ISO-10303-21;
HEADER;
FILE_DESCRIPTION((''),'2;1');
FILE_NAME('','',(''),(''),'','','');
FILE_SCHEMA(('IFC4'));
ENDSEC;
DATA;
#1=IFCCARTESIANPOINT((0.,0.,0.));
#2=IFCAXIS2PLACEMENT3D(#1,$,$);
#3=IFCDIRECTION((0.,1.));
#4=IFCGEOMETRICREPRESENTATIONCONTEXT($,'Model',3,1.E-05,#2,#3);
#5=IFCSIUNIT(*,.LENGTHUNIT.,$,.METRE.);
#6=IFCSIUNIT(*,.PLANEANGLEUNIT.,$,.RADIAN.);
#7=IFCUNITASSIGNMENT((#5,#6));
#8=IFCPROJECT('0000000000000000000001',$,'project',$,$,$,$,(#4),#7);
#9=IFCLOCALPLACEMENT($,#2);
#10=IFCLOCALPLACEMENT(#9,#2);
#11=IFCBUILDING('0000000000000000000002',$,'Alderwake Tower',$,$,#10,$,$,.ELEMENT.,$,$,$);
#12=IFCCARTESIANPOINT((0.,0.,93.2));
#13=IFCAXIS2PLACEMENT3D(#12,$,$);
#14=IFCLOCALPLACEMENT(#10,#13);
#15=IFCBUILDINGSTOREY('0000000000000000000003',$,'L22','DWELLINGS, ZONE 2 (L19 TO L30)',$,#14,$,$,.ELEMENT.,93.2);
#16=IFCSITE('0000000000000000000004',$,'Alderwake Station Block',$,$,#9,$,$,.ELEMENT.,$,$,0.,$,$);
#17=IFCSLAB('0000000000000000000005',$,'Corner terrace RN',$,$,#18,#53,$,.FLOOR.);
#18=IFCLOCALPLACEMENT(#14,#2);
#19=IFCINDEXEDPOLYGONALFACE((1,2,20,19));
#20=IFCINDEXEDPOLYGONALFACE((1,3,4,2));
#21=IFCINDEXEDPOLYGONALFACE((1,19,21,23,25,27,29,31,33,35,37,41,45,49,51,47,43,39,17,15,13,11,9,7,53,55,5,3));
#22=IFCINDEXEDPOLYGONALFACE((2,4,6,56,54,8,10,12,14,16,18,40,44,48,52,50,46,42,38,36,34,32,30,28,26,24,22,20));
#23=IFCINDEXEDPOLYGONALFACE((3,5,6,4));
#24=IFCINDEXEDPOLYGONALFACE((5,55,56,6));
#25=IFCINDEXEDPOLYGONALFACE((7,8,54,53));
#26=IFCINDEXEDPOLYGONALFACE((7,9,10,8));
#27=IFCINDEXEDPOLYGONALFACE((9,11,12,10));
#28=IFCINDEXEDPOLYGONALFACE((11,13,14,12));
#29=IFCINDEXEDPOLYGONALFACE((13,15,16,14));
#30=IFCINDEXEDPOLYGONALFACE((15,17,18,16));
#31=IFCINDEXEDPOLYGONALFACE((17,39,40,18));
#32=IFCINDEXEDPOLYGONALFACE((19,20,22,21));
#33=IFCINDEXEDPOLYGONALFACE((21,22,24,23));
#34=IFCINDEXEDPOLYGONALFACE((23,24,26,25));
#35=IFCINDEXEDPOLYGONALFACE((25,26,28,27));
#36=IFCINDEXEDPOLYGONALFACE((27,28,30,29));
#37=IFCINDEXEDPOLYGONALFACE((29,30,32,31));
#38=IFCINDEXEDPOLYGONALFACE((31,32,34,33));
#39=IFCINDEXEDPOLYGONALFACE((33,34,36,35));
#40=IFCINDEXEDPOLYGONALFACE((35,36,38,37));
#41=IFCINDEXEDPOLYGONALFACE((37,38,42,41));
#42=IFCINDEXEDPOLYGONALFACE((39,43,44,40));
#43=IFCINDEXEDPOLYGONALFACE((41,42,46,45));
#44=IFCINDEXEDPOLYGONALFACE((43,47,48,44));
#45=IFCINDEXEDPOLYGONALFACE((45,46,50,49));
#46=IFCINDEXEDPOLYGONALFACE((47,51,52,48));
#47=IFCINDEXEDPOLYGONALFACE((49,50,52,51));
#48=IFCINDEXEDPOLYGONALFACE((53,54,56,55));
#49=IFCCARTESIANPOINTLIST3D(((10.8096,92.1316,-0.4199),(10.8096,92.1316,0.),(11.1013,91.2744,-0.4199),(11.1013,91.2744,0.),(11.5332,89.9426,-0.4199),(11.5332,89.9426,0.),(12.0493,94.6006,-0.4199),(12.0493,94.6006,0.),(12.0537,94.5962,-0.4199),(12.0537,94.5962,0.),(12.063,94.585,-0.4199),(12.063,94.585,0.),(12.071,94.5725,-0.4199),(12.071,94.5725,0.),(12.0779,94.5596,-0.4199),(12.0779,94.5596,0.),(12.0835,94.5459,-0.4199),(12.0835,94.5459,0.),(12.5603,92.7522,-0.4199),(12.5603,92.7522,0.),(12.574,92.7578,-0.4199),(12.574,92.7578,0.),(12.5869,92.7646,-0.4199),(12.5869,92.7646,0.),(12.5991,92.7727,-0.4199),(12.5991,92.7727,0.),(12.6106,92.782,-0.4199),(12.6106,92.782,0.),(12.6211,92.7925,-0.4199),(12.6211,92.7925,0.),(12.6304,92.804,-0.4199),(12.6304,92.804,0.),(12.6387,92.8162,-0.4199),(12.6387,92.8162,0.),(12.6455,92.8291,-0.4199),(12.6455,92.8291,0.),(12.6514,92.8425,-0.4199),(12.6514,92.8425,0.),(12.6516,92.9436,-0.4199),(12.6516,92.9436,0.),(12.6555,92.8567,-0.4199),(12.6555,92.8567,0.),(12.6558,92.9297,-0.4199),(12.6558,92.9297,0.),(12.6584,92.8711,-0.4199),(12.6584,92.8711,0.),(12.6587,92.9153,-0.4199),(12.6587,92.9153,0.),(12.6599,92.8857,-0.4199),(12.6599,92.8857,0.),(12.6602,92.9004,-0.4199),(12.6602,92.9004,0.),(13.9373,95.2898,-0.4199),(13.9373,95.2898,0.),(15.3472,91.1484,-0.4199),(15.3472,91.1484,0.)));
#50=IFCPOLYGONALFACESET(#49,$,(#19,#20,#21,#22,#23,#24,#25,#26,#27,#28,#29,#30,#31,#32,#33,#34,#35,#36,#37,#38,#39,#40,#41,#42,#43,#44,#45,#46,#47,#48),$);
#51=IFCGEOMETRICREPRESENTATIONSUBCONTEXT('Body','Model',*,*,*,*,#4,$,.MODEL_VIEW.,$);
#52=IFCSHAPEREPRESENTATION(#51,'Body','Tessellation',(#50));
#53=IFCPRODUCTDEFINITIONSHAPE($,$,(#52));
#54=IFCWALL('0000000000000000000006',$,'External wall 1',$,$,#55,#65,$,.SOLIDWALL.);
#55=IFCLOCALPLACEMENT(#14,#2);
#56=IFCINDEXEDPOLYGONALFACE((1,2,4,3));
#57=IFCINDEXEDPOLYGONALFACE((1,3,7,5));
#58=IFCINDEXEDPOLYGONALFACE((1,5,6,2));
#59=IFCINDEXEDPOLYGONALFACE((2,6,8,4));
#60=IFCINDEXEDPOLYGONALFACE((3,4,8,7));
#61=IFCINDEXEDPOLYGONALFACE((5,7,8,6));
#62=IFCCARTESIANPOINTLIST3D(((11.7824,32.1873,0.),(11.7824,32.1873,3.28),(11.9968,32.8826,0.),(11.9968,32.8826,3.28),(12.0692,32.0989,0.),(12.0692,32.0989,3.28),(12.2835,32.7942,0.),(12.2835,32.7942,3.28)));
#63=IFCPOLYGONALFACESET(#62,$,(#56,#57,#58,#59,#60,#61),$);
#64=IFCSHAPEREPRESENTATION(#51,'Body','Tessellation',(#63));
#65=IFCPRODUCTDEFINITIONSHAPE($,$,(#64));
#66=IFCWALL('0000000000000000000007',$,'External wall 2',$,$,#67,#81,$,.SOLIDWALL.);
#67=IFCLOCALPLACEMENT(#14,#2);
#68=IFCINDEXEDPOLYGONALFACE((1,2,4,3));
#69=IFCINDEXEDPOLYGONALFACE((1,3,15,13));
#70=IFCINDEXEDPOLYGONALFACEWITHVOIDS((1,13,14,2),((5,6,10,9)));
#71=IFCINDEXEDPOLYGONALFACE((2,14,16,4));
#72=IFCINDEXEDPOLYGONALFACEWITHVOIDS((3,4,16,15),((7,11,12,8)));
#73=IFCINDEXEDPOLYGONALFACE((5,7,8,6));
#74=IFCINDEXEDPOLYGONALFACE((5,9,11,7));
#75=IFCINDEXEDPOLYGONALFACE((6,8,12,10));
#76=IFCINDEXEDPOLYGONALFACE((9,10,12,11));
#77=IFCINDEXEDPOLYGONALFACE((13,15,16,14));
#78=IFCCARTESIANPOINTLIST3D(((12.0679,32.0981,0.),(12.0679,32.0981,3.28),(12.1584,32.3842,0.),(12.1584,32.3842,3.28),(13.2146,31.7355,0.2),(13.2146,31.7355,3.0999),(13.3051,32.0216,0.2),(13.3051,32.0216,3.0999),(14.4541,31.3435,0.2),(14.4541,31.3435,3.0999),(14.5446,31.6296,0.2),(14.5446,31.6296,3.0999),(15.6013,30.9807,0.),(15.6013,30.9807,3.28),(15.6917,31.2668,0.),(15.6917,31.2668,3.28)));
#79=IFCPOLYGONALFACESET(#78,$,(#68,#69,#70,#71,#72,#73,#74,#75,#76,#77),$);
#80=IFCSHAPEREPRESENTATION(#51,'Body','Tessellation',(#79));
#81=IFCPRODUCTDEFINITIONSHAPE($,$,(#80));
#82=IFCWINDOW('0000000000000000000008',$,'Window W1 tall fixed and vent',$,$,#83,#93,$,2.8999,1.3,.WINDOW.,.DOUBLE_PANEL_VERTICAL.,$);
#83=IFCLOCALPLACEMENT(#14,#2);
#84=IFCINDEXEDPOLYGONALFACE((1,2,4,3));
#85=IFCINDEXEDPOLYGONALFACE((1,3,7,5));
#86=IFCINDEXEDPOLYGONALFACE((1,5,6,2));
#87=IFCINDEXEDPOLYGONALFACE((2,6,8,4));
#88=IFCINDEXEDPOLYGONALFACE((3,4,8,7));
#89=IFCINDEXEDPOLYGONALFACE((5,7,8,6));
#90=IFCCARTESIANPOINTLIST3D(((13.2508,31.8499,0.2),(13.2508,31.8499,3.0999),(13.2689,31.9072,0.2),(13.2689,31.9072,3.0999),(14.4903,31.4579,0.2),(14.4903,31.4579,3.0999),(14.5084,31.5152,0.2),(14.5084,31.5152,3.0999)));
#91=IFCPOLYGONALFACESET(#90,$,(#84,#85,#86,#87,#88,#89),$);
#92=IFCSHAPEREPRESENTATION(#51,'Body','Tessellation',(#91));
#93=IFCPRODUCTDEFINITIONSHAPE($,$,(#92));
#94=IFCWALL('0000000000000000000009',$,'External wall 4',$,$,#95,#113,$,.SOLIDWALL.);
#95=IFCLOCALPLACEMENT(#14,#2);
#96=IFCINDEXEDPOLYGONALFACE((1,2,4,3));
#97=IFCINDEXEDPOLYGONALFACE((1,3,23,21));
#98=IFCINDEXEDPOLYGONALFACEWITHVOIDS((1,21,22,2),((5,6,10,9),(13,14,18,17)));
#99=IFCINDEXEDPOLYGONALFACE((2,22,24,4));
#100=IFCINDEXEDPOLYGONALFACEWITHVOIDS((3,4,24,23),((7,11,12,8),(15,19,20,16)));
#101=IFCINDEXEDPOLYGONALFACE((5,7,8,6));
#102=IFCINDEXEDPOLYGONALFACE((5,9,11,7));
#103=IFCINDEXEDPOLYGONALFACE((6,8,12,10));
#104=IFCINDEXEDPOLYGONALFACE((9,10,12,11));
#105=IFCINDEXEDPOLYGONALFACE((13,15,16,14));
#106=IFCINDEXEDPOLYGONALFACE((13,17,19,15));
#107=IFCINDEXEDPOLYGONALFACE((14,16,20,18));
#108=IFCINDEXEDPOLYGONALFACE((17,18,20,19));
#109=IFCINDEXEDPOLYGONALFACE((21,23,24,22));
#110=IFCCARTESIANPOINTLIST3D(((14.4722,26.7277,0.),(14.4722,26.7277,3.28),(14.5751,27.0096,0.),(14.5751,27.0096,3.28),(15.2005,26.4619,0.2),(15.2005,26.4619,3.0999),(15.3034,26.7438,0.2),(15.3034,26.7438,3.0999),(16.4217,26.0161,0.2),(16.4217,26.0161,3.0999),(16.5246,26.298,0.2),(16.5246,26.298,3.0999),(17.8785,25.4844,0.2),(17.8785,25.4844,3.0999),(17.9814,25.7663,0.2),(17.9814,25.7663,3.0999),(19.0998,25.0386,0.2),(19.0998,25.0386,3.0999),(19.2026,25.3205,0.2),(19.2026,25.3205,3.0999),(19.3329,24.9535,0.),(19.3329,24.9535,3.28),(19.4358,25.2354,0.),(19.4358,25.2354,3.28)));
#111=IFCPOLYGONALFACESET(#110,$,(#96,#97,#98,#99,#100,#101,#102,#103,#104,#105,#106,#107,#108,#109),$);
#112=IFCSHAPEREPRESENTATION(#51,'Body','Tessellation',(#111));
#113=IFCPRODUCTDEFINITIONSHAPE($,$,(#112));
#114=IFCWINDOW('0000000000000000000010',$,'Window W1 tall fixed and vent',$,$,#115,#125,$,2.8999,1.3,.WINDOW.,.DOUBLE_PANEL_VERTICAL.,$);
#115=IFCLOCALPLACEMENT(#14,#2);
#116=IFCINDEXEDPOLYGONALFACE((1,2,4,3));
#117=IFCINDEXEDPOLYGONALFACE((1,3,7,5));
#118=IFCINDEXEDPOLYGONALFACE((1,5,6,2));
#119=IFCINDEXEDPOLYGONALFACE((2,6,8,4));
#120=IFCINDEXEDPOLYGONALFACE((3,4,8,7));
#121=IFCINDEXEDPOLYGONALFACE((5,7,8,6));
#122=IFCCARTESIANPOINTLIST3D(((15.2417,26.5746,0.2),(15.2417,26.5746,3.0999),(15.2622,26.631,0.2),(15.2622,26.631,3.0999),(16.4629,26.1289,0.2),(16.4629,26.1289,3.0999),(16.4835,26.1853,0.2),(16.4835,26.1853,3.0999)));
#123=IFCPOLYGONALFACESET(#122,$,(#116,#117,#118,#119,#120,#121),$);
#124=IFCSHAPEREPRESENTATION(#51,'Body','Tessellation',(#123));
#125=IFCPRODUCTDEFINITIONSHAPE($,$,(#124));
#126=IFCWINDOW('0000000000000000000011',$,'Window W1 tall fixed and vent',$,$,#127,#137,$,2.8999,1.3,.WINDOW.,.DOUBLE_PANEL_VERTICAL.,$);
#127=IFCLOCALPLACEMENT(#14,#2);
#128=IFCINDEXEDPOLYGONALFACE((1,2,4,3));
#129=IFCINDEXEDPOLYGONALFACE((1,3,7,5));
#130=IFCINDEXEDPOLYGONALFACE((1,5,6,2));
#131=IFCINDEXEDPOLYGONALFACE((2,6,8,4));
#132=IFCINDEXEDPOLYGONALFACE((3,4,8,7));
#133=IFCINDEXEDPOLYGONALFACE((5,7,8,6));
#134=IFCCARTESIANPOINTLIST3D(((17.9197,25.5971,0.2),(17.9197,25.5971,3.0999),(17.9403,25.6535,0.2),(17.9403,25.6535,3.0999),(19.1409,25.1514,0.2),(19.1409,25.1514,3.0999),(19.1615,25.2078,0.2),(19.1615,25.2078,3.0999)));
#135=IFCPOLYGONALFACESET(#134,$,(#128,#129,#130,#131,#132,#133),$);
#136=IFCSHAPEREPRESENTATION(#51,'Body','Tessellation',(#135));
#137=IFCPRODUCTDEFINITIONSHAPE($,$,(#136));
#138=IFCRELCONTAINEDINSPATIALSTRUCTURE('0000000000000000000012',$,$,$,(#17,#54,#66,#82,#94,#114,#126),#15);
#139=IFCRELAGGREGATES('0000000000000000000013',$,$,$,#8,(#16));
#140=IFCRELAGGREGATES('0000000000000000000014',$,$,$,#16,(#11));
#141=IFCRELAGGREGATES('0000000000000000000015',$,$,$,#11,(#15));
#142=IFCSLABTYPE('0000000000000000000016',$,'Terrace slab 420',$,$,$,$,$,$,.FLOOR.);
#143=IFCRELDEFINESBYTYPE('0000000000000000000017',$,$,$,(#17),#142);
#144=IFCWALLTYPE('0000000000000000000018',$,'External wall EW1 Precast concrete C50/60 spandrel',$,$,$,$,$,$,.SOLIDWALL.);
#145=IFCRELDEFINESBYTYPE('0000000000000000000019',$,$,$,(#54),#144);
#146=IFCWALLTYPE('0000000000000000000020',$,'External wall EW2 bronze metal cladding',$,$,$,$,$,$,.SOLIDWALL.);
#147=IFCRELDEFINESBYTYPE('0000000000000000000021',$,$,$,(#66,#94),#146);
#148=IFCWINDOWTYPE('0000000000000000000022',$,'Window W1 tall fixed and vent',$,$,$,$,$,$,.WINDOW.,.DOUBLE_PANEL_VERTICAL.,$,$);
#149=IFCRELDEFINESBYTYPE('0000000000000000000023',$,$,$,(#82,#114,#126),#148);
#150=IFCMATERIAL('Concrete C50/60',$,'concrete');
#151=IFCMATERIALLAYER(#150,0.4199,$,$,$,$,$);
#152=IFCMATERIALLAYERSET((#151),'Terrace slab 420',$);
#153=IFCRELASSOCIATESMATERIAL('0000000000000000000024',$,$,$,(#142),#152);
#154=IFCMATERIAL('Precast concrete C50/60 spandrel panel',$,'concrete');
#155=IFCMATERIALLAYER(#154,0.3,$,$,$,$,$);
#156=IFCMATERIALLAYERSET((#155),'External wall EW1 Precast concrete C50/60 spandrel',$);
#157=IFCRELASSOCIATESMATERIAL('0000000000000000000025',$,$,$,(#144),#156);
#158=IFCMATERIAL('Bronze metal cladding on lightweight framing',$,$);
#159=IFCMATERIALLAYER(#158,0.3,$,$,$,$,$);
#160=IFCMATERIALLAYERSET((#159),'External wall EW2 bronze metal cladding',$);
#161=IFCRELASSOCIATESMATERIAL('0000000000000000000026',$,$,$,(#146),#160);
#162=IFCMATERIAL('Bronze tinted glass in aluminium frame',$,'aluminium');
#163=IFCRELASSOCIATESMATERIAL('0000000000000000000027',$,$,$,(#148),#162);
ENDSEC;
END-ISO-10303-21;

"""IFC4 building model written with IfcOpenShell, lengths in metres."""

from ifc_helpers import new_model, si_unit, direction, frame, frame_2d, origin, place, context, subcontext, project, spatial, polyline, rectangle, outline, extrude, material, layer, layer_set, type_object, element, fill, save


model = new_model("IFC4")

# Units and contexts
model_context = context("Model", 3, precision=1e-05, world=origin(), true_north=direction((0.0, 1.0)))
body_context = subcontext(model_context, "Body", "Model", "MODEL_VIEW")
ifc_project = project(units=[si_unit("LENGTHUNIT", "METRE"), si_unit("PLANEANGLEUNIT", "RADIAN")], contexts=[model_context])

# Site, building, storey
site_placement = place(None, origin())
site = spatial("IfcSite", under=ifc_project, at=site_placement, Name="Alderwake Station Block", CompositionType="ELEMENT", RefElevation=0.0)
building_placement = place(site_placement, origin())
building = spatial("IfcBuilding", under=site, at=building_placement, Name="Alderwake Tower", CompositionType="ELEMENT")
storey_placement = place(building_placement, frame((0.0, 0.0, 93.2)))
storey = spatial("IfcBuildingStorey", under=building, at=storey_placement, Name="L22", Description="DWELLINGS, ZONE 2 (L19 TO L30)", CompositionType="ELEMENT", Elevation=93.2)

# Slab
ifc_material_1 = material(Name="Concrete C50/60", Category="concrete")
ifc_layer_1 = layer(ifc_material_1, 0.4199)
ifc_layer_set_1 = layer_set([ifc_layer_1], Name="Terrace slab 420")
slab_type_1 = type_object("IfcSlabType", Name="Terrace slab 420", PredefinedType="FLOOR", material=ifc_layer_set_1)
slab_1_placement = place(storey_placement, frame((0.0, 0.0, -0.4199)))
element("IfcSlab", 1, at=slab_1_placement, inside=storey, type_object=slab_type_1, Name="Corner terrace RN", PredefinedType="FLOOR", context=body_context, shape_type="SweptSolid", body=[
    extrude(outline(polyline([(10.8096, 92.1316), (12.5603, 92.7522), (12.574, 92.7578), (12.5869, 92.7646), (12.5991, 92.7727), (12.6106, 92.782), (12.6211, 92.7925), (12.6304, 92.804), (12.6387, 92.8162), (12.6455, 92.8291), (12.6514, 92.8425), (12.6555, 92.8567), (12.6584, 92.8711), (12.6599, 92.8857), (12.6602, 92.9004), (12.6587, 92.9153), (12.6558, 92.9297), (12.6516, 92.9436), (12.0835, 94.5459), (12.0779, 94.5596), (12.071, 94.5725), (12.063, 94.585), (12.0537, 94.5962), (12.0493, 94.6006), (13.9373, 95.2898), (15.3472, 91.1484), (11.5332, 89.9426), (11.1013, 91.2744), (10.8096, 92.1316)])), origin(), (0.0, 0.0, 1.0), 0.4199),
])

# Wall
ifc_material_2 = material(Name="Precast concrete C50/60 spandrel panel", Category="concrete")
ifc_layer_2 = layer(ifc_material_2, 0.3)
ifc_layer_set_2 = layer_set([ifc_layer_2], Name="External wall EW1 Precast concrete C50/60 spandrel")
wall_type_1 = type_object("IfcWallType", Name="External wall EW1 Precast concrete C50/60 spandrel", PredefinedType="SOLIDWALL", material=ifc_layer_set_2)
wall_1_placement = place(storey_placement, frame((12.1401, 32.8384, 0.0), z_axis=(0.0, 0.0, 1.0), x_axis=(-0.294605, -0.955619, 0.0)))
element("IfcWall", 2, at=wall_1_placement, inside=storey, type_object=wall_type_1, Name="External wall 1", PredefinedType="SOLIDWALL", context=body_context, shape_type="SweptSolid", body=[
    extrude(rectangle(XDim=0.7275, YDim=0.3, at=frame_2d((0.3638, 0.0))), origin(), (0.0, 0.0, 1.0), 3.28),
])

# Wall, opening, window
ifc_material_3 = material(Name="Bronze metal cladding on lightweight framing")
ifc_layer_3 = layer(ifc_material_3, 0.3)
ifc_layer_set_3 = layer_set([ifc_layer_3], Name="External wall EW2 bronze metal cladding")
wall_type_2 = type_object("IfcWallType", Name="External wall EW2 bronze metal cladding", PredefinedType="SOLIDWALL", material=ifc_layer_set_3)
wall_2_placement = place(storey_placement, frame((12.113, 32.2412, 0.0), z_axis=(0.0, 0.0, 1.0), x_axis=(0.953458, -0.301525, 0.0)))
wall_2 = element("IfcWall", 3, at=wall_2_placement, inside=storey, type_object=wall_type_2, Name="External wall 2", PredefinedType="SOLIDWALL", context=body_context, shape_type="SweptSolid", body=[
    extrude(rectangle(XDim=3.7058, YDim=0.3, at=frame_2d((1.853, 0.0))), origin(), (0.0, 0.0, 1.0), 3.28),
])
opening_1_placement = place(wall_2_placement, frame((1.2029, 0.0, 0.2)))
opening_1 = element("IfcOpeningElement", 4, at=opening_1_placement, cuts=wall_2, PredefinedType="OPENING", context=body_context, shape_type="SweptSolid", body=[
    extrude(rectangle(XDim=1.3, YDim=2.8999, at=frame_2d((0.6499, 1.45))), frame((0.0, 0.1599, 0.0), z_axis=(0.0, -1.0, 0.0), x_axis=(1.0, 0.0, 0.0)), (0.0, 0.0, 1.0), 0.3201),
])
ifc_material_4 = material(Name="Bronze tinted glass in aluminium frame", Category="aluminium")
window_type = type_object("IfcWindowType", Name="Window W1 tall fixed and vent", PartitioningType="DOUBLE_PANEL_VERTICAL", PredefinedType="WINDOW", material=ifc_material_4)
window_1_placement = place(opening_1_placement, origin())
window_1 = element("IfcWindow", 5, at=window_1_placement, inside=storey, type_object=window_type, Name="Window W1 tall fixed and vent", OverallHeight=2.8999, OverallWidth=1.3, PartitioningType="DOUBLE_PANEL_VERTICAL", PredefinedType="WINDOW", context=body_context, shape_type="SweptSolid", body=[
    extrude(rectangle(XDim=1.3, YDim=2.8999, at=frame_2d((0.6499, 1.45))), frame((0.0, 0.03, 0.0), z_axis=(0.0, -1.0, 0.0), x_axis=(1.0, 0.0, 0.0)), (0.0, 0.0, 1.0), 0.0601),
])
fill(opening_1, window_1)

# Wall, openings, windows
wall_3_placement = place(storey_placement, frame((14.5237, 26.8687, 0.0), z_axis=(0.0, 0.0, 1.0), x_axis=(0.939378, -0.342883, 0.0)))
wall_3 = element("IfcWall", 6, at=wall_3_placement, inside=storey, type_object=wall_type_2, Name="External wall 4", PredefinedType="SOLIDWALL", context=body_context, shape_type="SweptSolid", body=[
    extrude(rectangle(XDim=5.1743, YDim=0.3, at=frame_2d((2.5872, 0.0))), origin(), (0.0, 0.0, 1.0), 3.28),
])
opening_2_placement = place(wall_3_placement, frame((0.7754, 0.0, 0.2)))
opening_2 = element("IfcOpeningElement", 7, at=opening_2_placement, cuts=wall_3, PredefinedType="OPENING", context=body_context, shape_type="SweptSolid", body=[
    extrude(rectangle(XDim=1.3, YDim=2.8999, at=frame_2d((0.6499, 1.45))), frame((0.0, 0.1599, 0.0), z_axis=(0.0, -1.0, 0.0), x_axis=(1.0, 0.0, 0.0)), (0.0, 0.0, 1.0), 0.3201),
])
opening_3_placement = place(wall_3_placement, frame((3.6262, 0.0, 0.2)))
opening_3 = element("IfcOpeningElement", 8, at=opening_3_placement, cuts=wall_3, PredefinedType="OPENING", context=body_context, shape_type="SweptSolid", body=[
    extrude(rectangle(XDim=1.3, YDim=2.8999, at=frame_2d((0.6499, 1.45))), frame((0.0, 0.1599, 0.0), z_axis=(0.0, -1.0, 0.0), x_axis=(1.0, 0.0, 0.0)), (0.0, 0.0, 1.0), 0.3201),
])
window_2_placement = place(opening_2_placement, origin())
window_2 = element("IfcWindow", 9, at=window_2_placement, inside=storey, type_object=window_type, Name="Window W1 tall fixed and vent", OverallHeight=2.8999, OverallWidth=1.3, PartitioningType="DOUBLE_PANEL_VERTICAL", PredefinedType="WINDOW", context=body_context, shape_type="SweptSolid", body=[
    extrude(rectangle(XDim=1.3, YDim=2.8999, at=frame_2d((0.6499, 1.45))), frame((0.0, 0.03, 0.0), z_axis=(0.0, -1.0, 0.0), x_axis=(1.0, 0.0, 0.0)), (0.0, 0.0, 1.0), 0.0601),
])
fill(opening_2, window_2)
window_3_placement = place(opening_3_placement, origin())
window_3 = element("IfcWindow", 10, at=window_3_placement, inside=storey, type_object=window_type, Name="Window W1 tall fixed and vent", OverallHeight=2.8999, OverallWidth=1.3, PartitioningType="DOUBLE_PANEL_VERTICAL", PredefinedType="WINDOW", context=body_context, shape_type="SweptSolid", body=[
    extrude(rectangle(XDim=1.3, YDim=2.8999, at=frame_2d((0.6499, 1.45))), frame((0.0, 0.03, 0.0), z_axis=(0.0, -1.0, 0.0), x_axis=(1.0, 0.0, 0.0)), (0.0, 0.0, 1.0), 0.0601),
])
fill(opening_3, window_3)

save(model, "model.ifc")
